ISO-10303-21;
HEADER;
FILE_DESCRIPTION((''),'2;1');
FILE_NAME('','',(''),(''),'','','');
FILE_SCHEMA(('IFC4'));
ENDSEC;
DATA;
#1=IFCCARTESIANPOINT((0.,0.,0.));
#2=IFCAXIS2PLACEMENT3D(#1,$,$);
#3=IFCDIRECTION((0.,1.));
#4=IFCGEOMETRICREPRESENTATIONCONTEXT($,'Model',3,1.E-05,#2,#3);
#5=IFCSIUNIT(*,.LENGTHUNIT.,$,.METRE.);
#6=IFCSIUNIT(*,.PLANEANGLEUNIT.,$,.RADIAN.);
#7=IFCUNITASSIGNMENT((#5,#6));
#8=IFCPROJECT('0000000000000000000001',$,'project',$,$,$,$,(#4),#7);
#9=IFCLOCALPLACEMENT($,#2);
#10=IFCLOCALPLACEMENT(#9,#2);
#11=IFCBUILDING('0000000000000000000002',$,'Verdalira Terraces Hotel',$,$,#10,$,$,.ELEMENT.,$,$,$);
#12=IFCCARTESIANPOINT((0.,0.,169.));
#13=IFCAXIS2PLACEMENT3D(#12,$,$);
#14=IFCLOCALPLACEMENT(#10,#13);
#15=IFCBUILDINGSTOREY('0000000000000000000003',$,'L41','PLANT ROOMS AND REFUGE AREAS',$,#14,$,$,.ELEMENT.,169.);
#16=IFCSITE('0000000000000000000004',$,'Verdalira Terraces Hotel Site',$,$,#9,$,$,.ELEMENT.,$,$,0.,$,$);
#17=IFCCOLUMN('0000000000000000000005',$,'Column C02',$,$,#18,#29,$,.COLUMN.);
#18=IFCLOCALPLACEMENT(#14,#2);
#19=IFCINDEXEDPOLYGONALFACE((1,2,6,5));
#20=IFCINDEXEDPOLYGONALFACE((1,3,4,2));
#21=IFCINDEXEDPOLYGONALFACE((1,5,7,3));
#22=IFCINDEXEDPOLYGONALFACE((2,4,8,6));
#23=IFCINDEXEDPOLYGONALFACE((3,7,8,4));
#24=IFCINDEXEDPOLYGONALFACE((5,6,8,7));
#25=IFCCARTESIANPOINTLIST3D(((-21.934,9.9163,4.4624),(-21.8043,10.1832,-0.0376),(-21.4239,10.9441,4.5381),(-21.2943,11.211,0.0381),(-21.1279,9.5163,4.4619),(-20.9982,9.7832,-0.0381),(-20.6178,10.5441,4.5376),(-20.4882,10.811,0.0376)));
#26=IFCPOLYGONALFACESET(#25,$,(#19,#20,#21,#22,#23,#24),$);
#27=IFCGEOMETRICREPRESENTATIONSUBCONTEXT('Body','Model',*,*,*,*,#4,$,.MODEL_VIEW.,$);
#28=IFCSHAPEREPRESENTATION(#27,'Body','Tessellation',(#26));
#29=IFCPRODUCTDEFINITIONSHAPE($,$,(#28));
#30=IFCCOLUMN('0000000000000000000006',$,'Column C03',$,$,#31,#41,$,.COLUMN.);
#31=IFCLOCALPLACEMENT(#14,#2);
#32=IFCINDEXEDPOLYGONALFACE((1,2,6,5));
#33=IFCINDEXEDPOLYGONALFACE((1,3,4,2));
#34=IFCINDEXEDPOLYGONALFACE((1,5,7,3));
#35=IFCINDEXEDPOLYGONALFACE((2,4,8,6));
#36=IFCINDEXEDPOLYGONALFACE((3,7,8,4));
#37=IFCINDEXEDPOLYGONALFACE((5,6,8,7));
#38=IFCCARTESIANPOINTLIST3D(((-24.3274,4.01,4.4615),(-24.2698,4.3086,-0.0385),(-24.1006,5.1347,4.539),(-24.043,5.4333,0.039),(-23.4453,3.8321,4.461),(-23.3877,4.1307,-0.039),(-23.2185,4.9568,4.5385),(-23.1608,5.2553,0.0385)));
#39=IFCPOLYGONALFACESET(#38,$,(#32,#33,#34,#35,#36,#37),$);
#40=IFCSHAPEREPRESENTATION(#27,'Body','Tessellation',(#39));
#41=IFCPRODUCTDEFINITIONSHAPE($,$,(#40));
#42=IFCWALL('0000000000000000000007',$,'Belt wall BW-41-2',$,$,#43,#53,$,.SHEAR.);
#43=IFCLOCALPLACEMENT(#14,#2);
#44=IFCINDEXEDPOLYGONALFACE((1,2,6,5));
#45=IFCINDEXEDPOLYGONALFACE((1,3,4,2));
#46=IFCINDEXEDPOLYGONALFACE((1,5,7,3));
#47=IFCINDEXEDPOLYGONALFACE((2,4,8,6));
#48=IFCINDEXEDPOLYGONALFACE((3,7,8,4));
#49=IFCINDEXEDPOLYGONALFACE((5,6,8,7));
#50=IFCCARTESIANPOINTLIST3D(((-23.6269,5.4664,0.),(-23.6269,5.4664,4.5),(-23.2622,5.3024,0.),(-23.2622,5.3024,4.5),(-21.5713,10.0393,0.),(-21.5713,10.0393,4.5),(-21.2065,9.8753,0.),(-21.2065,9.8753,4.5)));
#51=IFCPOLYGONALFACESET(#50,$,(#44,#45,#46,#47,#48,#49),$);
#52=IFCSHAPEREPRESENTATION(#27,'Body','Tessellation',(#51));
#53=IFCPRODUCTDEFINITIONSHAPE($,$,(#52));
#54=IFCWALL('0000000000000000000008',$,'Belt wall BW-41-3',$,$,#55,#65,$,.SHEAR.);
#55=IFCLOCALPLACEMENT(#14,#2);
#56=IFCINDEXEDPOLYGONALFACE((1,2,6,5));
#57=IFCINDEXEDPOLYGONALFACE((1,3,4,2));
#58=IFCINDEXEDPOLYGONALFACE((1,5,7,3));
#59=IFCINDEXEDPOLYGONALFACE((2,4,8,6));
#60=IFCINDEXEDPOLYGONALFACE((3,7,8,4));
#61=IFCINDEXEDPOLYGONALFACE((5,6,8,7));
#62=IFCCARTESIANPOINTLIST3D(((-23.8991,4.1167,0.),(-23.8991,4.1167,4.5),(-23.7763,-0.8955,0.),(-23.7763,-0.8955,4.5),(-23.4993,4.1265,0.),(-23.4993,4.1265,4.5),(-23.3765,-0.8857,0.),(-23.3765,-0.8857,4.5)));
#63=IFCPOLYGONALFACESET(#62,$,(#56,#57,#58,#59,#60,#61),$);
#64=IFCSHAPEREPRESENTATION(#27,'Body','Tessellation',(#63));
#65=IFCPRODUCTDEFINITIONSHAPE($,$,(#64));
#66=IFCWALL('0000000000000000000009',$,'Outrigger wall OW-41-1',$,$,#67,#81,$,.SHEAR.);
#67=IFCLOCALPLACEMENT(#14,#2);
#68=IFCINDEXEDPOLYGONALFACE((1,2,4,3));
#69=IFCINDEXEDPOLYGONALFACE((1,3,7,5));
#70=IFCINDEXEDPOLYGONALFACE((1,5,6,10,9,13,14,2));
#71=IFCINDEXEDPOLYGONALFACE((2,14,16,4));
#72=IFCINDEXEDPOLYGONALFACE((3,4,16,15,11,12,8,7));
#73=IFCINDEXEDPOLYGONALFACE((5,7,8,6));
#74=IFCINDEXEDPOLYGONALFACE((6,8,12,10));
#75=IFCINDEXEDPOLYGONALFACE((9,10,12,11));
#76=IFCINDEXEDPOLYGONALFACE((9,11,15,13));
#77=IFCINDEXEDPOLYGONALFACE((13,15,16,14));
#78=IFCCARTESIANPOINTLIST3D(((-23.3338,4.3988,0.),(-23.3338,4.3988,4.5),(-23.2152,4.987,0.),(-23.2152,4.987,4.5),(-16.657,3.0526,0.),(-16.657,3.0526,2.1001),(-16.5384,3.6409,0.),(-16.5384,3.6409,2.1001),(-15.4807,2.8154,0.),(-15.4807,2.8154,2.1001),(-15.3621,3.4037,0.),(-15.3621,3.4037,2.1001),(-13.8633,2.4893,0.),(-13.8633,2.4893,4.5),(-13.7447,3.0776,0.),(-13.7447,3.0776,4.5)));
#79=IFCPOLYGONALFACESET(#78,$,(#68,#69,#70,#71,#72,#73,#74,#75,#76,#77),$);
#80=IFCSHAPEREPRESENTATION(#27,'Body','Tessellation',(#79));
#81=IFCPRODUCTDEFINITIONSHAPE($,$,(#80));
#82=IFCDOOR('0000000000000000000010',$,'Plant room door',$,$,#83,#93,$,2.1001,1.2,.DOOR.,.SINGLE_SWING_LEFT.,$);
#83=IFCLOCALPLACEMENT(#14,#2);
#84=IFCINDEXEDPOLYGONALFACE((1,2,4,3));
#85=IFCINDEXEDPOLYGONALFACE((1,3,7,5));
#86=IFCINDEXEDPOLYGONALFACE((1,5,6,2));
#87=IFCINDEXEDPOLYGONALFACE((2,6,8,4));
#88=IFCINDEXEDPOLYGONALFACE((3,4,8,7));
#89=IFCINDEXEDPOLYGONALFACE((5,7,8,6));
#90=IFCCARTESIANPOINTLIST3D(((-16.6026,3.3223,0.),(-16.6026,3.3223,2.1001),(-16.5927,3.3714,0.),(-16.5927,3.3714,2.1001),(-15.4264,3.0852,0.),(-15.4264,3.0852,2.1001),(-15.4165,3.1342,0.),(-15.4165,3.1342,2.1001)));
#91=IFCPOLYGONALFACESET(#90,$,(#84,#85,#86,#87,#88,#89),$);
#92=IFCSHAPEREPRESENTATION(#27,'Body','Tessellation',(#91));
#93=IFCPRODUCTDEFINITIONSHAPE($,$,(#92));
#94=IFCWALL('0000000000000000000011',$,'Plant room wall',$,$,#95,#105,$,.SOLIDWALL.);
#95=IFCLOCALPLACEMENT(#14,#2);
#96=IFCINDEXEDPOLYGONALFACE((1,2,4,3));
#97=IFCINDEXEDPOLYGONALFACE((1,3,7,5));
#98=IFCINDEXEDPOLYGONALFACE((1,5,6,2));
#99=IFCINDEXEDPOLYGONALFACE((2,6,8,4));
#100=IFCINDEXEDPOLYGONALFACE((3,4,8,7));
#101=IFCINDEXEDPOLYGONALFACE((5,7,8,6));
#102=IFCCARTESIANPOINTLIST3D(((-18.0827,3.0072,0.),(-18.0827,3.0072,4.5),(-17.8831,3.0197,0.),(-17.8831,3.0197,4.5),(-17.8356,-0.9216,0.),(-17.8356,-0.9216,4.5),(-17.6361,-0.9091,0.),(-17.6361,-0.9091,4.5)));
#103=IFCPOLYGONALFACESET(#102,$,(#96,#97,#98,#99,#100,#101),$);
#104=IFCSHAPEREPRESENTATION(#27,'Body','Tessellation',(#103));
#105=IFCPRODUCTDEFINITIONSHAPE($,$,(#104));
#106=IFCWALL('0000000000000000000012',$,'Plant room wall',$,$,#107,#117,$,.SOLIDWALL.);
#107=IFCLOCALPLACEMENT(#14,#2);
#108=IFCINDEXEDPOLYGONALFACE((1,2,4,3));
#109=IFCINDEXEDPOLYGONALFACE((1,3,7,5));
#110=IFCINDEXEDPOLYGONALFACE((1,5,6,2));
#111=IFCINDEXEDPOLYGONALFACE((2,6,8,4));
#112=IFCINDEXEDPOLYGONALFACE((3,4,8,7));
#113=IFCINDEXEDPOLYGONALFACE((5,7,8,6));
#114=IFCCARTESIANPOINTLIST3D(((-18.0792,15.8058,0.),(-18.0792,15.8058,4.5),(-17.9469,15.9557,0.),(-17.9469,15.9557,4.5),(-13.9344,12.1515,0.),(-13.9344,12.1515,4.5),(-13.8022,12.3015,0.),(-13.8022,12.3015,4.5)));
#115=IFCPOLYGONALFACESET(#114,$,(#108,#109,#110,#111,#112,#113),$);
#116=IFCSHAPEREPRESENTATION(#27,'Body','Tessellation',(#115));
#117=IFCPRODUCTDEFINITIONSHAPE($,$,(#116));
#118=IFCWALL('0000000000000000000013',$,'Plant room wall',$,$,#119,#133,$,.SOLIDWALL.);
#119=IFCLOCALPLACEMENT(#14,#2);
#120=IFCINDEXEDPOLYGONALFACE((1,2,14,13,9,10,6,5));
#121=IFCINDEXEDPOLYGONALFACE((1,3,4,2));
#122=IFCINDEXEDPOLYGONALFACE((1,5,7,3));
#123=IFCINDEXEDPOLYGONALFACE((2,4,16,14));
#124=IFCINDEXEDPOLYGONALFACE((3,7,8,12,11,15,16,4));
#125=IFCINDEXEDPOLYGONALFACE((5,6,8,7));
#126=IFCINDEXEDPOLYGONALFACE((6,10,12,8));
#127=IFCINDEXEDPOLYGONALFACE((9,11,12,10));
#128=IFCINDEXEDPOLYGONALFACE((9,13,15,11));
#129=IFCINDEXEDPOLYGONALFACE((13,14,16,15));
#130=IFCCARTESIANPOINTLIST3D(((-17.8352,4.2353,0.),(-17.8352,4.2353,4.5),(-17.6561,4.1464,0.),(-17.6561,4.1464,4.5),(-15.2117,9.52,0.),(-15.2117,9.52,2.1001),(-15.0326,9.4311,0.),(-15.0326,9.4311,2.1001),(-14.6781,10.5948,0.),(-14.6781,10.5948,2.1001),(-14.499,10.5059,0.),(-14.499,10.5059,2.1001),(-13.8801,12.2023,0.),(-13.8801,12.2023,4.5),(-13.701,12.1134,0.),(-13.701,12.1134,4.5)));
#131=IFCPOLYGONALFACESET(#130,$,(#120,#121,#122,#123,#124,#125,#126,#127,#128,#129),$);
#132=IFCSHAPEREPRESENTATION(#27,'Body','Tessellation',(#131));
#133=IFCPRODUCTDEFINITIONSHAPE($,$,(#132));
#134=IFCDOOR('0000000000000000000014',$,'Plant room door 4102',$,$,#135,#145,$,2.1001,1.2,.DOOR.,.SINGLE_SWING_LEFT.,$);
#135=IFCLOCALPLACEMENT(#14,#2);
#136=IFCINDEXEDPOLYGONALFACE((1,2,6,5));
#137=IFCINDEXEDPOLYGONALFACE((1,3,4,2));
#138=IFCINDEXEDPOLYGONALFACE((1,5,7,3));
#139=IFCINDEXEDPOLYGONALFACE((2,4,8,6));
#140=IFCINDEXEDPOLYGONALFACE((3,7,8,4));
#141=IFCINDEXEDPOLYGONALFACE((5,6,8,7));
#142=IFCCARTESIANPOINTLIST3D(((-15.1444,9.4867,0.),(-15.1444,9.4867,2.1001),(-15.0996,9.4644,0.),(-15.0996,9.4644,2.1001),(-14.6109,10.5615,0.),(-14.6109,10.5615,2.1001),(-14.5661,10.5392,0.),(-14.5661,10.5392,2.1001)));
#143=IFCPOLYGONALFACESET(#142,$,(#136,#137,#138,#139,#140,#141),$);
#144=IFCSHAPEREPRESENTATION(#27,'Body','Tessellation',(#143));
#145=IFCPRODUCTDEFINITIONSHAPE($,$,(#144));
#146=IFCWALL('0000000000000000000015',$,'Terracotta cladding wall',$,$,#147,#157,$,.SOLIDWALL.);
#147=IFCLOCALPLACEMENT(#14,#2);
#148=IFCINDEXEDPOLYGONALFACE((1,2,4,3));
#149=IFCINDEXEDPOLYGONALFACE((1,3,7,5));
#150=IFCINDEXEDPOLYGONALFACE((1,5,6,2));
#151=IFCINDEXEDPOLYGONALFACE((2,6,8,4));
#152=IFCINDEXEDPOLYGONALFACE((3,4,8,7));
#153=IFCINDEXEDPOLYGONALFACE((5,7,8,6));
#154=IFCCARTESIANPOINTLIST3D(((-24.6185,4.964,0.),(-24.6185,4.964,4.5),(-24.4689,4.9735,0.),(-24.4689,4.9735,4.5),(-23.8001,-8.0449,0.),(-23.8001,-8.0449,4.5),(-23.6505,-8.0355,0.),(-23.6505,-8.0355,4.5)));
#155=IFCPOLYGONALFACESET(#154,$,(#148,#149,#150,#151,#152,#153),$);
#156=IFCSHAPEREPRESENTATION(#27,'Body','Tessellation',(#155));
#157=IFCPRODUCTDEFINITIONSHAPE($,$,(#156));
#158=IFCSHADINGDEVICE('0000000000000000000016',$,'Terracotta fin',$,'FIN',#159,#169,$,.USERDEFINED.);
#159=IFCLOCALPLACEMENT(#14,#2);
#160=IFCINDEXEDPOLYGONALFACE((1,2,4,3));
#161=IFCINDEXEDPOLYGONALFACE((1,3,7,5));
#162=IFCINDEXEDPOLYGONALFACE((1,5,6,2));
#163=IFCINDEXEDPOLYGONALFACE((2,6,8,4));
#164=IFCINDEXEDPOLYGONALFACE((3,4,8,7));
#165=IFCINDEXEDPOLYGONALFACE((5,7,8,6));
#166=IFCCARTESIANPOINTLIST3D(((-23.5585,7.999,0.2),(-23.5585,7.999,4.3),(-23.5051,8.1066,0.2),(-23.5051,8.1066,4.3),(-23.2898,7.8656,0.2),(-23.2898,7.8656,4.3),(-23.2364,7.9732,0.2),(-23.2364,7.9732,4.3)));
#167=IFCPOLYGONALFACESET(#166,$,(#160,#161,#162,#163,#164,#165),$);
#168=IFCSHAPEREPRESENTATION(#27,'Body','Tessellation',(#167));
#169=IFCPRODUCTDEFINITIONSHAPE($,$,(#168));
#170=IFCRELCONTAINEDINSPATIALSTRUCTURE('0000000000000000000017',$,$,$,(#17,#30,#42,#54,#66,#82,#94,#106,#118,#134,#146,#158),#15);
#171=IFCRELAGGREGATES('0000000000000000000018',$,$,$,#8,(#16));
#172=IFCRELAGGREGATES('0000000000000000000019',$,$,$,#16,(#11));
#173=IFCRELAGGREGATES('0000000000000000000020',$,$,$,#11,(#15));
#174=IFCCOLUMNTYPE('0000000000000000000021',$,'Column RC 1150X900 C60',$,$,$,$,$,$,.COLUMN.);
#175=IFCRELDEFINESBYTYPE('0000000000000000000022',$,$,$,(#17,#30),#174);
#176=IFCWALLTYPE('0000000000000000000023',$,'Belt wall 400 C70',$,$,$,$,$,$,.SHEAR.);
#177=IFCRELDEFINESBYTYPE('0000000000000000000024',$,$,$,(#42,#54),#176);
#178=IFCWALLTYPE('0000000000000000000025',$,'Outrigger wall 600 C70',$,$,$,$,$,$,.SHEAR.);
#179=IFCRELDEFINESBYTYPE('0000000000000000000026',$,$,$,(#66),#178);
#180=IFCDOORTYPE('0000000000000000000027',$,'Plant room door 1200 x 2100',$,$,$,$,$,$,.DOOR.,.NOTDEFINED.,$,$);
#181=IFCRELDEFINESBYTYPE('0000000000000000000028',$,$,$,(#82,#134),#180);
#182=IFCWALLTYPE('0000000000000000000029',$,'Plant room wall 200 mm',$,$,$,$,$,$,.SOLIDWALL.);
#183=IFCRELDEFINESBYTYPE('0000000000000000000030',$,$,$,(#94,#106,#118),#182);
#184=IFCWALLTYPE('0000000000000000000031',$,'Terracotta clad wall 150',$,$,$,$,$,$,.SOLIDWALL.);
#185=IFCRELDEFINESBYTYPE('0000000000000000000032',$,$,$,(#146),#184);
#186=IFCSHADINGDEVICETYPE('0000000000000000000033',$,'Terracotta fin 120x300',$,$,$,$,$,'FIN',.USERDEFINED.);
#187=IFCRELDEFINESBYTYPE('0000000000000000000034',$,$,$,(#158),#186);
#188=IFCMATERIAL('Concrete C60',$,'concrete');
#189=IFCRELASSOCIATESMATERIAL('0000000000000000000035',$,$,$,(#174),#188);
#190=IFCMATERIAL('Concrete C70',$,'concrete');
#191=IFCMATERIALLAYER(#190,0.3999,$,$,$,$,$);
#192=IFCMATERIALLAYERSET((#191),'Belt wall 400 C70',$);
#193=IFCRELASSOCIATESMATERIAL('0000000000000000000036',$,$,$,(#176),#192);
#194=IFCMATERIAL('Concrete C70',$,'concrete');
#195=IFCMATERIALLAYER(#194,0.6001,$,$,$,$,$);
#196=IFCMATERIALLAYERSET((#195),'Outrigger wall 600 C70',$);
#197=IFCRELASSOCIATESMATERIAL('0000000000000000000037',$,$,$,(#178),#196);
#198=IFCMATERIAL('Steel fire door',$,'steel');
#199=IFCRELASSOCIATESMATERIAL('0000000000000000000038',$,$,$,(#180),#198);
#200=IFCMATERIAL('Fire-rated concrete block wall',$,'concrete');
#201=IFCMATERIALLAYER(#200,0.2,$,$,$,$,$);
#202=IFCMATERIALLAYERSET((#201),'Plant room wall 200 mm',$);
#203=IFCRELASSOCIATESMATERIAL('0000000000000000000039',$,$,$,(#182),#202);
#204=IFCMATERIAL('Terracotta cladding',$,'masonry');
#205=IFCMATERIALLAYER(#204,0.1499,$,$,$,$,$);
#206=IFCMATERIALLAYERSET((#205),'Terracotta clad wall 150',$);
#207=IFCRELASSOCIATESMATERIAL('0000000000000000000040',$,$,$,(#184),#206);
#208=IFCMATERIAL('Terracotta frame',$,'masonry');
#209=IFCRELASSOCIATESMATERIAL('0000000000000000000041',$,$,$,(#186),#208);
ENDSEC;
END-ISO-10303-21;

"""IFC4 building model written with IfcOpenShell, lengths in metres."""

from ifc_helpers import new_model, si_unit, direction, frame, frame_2d, origin, origin_2d, place, context, subcontext, project, spatial, rectangle, extrude, material, layer, layer_set, material_profile, profile_set, type_object, element, fill, save


model = new_model("IFC4")

# Units and contexts
model_context = context("Model", 3, precision=1e-05, world=origin(), true_north=direction((0.0, 1.0)))
body_context = subcontext(model_context, "Body", "Model", "MODEL_VIEW")
ifc_project = project(units=[si_unit("LENGTHUNIT", "METRE"), si_unit("PLANEANGLEUNIT", "RADIAN")], contexts=[model_context])

# Site, building, storey
site_placement = place(None, origin())
site = spatial("IfcSite", under=ifc_project, at=site_placement, Name="Verdalira Terraces Hotel Site", CompositionType="ELEMENT", RefElevation=0.0)
building_placement = place(site_placement, origin())
building = spatial("IfcBuilding", under=site, at=building_placement, Name="Verdalira Terraces Hotel", CompositionType="ELEMENT")
storey_placement = place(building_placement, frame((0.0, 0.0, 169.0)))
storey = spatial("IfcBuildingStorey", under=building, at=storey_placement, Name="L41", Description="PLANT ROOMS AND REFUGE AREAS", CompositionType="ELEMENT", Elevation=169.0)

# Columns
ifc_material_1 = material(Name="Concrete C60", Category="concrete")
ifc_material_profile_1 = material_profile(ifc_material_1, rectangle(XDim=1.1499, YDim=0.8999, at=origin_2d()), Name="RC 1150X900")
ifc_profile_set_1 = profile_set([ifc_material_profile_1], Name="Concrete C60")
column_type = type_object("IfcColumnType", Name="Column RC 1150X900 C60", PredefinedType="COLUMN", material=ifc_profile_set_1)
column_1_placement = place(storey_placement, frame((-21.1462, 10.4971, 0.0), z_axis=(-0.028746, -0.059171, 0.997834), x_axis=(-0.443569, -0.893823, -0.065781)))
element("IfcColumn", 1, at=column_1_placement, inside=storey, type_object=column_type, Name="Column C02", PredefinedType="COLUMN", context=body_context, shape_type="SweptSolid", body=[
    extrude(rectangle(XDim=1.1499, YDim=0.8999, at=origin_2d()), origin(), (0.0, 0.0, 1.0), 4.5098),
])
column_2_placement = place(storey_placement, frame((-23.7153, 4.782, 0.0), z_axis=(-0.012775, -0.066201, 0.997725), x_axis=(0.197279, 0.978026, 0.06742)))
element("IfcColumn", 2, at=column_2_placement, inside=storey, type_object=column_type, Name="Column C03", PredefinedType="COLUMN", context=body_context, shape_type="SweptSolid", body=[
    extrude(rectangle(XDim=1.1499, YDim=0.8999, at=origin_2d()), origin(), (0.0, 0.0, 1.0), 4.5103),
])

# Walls
ifc_material_2 = material(Name="Concrete C70", Category="concrete")
ifc_layer_1 = layer(ifc_material_2, 0.3999)
ifc_layer_set_1 = layer_set([ifc_layer_1], Name="Belt wall 400 C70")
wall_type_1 = type_object("IfcWallType", Name="Belt wall 400 C70", PredefinedType="SHEAR", material=ifc_layer_set_1)
for number, where, z_axis, x_axis, name in (
    (3, (-21.3889, 9.9573, 0.0), (0.0, 0.0, 1.0), (-0.410002, -0.912085, 0.0), "Belt wall BW-41-2"),
    (4, (-23.6992, 4.1216, 0.0), (0.0, 0.0, 1.0), (0.024493, -0.9997, 0.0), "Belt wall BW-41-3"),
):
    element("IfcWall", number, at=place(storey_placement, frame(where, z_axis=z_axis, x_axis=x_axis)), inside=storey, type_object=wall_type_1, Name=name, PredefinedType="SHEAR", context=body_context, shape_type="SweptSolid", body=[
        extrude(rectangle(XDim=5.0137, YDim=0.3999, at=frame_2d((2.5068, 0.0))), origin(), (0.0, 0.0, 1.0), 4.5),
    ])

# Wall, opening, door
ifc_material_3 = material(Name="Concrete C70", Category="concrete")
ifc_layer_2 = layer(ifc_material_3, 0.6001)
ifc_layer_set_2 = layer_set([ifc_layer_2], Name="Outrigger wall 600 C70")
wall_type_2 = type_object("IfcWallType", Name="Outrigger wall 600 C70", PredefinedType="SHEAR", material=ifc_layer_set_2)
wall_1_placement = place(storey_placement, frame((-13.804, 2.7834, 0.0), z_axis=(0.0, 0.0, 1.0), x_axis=(-0.980274, 0.197642, 0.0)))
wall_1 = element("IfcWall", 5, at=wall_1_placement, inside=storey, type_object=wall_type_2, Name="Outrigger wall OW-41-1", PredefinedType="SHEAR", context=body_context, shape_type="SweptSolid", body=[
    extrude(rectangle(XDim=9.6611, YDim=0.6001, at=frame_2d((4.8306, 0.0))), origin(), (0.0, 0.0, 1.0), 4.5),
])
opening_1_placement = place(wall_1_placement, frame((1.6499, 0.0, 0.0)))
opening_1 = element("IfcOpeningElement", 6, at=opening_1_placement, cuts=wall_1, PredefinedType="OPENING", context=body_context, shape_type="SweptSolid", body=[
    extrude(rectangle(XDim=1.2, YDim=2.1001, at=frame_2d((0.6001, 1.05))), frame((0.0, 0.3101, 0.0), z_axis=(0.0, -1.0, 0.0), x_axis=(1.0, 0.0, 0.0)), (0.0, 0.0, 1.0), 0.6201),
])
ifc_material_4 = material(Name="Steel fire door", Category="steel")
door_type = type_object("IfcDoorType", Name="Plant room door 1200 x 2100", OperationType="NOTDEFINED", PredefinedType="DOOR", material=ifc_material_4)
door_1_placement = place(opening_1_placement, origin())
door_1 = element("IfcDoor", 7, at=door_1_placement, inside=storey, type_object=door_type, Name="Plant room door", OperationType="SINGLE_SWING_LEFT", OverallHeight=2.1001, OverallWidth=1.2, PredefinedType="DOOR", context=body_context, shape_type="SweptSolid", body=[
    extrude(rectangle(XDim=1.2, YDim=2.1001, at=frame_2d((0.6001, 1.05))), frame((0.0, 0.0249, 0.0), z_axis=(0.0, -1.0, 0.0), x_axis=(1.0, 0.0, 0.0)), (0.0, 0.0, 1.0), 0.05),
])
fill(opening_1, door_1)

# Walls
ifc_material_5 = material(Name="Fire-rated concrete block wall", Category="concrete")
ifc_layer_3 = layer(ifc_material_5, 0.2)
ifc_layer_set_3 = layer_set([ifc_layer_3], Name="Plant room wall 200 mm")
wall_type_3 = type_object("IfcWallType", Name="Plant room wall 200 mm", PredefinedType="SOLIDWALL", material=ifc_layer_set_3)
wall_2_placement = place(storey_placement, frame((-17.9829, 3.0134, 0.0), z_axis=(0.0, 0.0, 1.0), x_axis=(0.062764, -0.998028, 0.0)))
element("IfcWall", 8, at=wall_2_placement, inside=storey, type_object=wall_type_3, Name="Plant room wall", PredefinedType="SOLIDWALL", context=body_context, shape_type="SweptSolid", body=[
    extrude(rectangle(XDim=3.9365, YDim=0.2, at=frame_2d((1.9683, 0.0))), origin(), (0.0, 0.0, 1.0), 4.5),
])
wall_3_placement = place(storey_placement, frame((-13.8684, 12.2266, 0.0), z_axis=(0.0, 0.0, 1.0), x_axis=(-0.750094, 0.661331, 0.0)))
element("IfcWall", 9, at=wall_3_placement, inside=storey, type_object=wall_type_3, Name="Plant room wall", PredefinedType="SOLIDWALL", context=body_context, shape_type="SweptSolid", body=[
    extrude(rectangle(XDim=5.5256, YDim=0.2, at=frame_2d((2.7627, 0.0))), origin(), (0.0, 0.0, 1.0), 4.5),
])

# Wall, opening, door
wall_4_placement = place(storey_placement, frame((-17.7456, 4.1909, 0.0), z_axis=(0.0, 0.0, 1.0), x_axis=(0.444654, 0.895703, 0.0)))
wall_4 = element("IfcWall", 10, at=wall_4_placement, inside=storey, type_object=wall_type_3, Name="Plant room wall", PredefinedType="SOLIDWALL", context=body_context, shape_type="SweptSolid", body=[
    extrude(rectangle(XDim=8.8948, YDim=0.2, at=frame_2d((4.4473, 0.0))), origin(), (0.0, 0.0, 1.0), 4.5),
])
opening_2_placement = place(wall_4_placement, frame((5.8999, 0.0, 0.0)))
opening_2 = element("IfcOpeningElement", 11, at=opening_2_placement, cuts=wall_4, PredefinedType="OPENING", context=body_context, shape_type="SweptSolid", body=[
    extrude(rectangle(XDim=1.2, YDim=2.1001, at=frame_2d((0.6001, 1.05))), frame((0.0, 0.1099, 0.0), z_axis=(0.0, -1.0, 0.0), x_axis=(1.0, 0.0, 0.0)), (0.0, 0.0, 1.0), 0.22),
])
door_2_placement = place(opening_2_placement, origin())
door_2 = element("IfcDoor", 12, at=door_2_placement, inside=storey, type_object=door_type, Name="Plant room door 4102", OperationType="SINGLE_SWING_LEFT", OverallHeight=2.1001, OverallWidth=1.2, PredefinedType="DOOR", context=body_context, shape_type="SweptSolid", body=[
    extrude(rectangle(XDim=1.2, YDim=2.1001, at=frame_2d((0.6001, 1.05))), frame((0.0, 0.0249, 0.0), z_axis=(0.0, -1.0, 0.0), x_axis=(1.0, 0.0, 0.0)), (0.0, 0.0, 1.0), 0.05),
])
fill(opening_2, door_2)

# Wall
ifc_material_6 = material(Name="Terracotta cladding", Category="masonry")
ifc_layer_4 = layer(ifc_material_6, 0.1499)
ifc_layer_set_4 = layer_set([ifc_layer_4], Name="Terracotta clad wall 150")
wall_type_4 = type_object("IfcWallType", Name="Terracotta clad wall 150", PredefinedType="SOLIDWALL", material=ifc_layer_set_4)
wall_5_placement = place(storey_placement, frame((-24.5437, 4.9688, 0.0), z_axis=(0.0, 0.0, 1.0), x_axis=(0.062783, -0.998027, 0.0)))
element("IfcWall", 13, at=wall_5_placement, inside=storey, type_object=wall_type_4, Name="Terracotta cladding wall", PredefinedType="SOLIDWALL", context=body_context, shape_type="SweptSolid", body=[
    extrude(rectangle(XDim=13.0347, YDim=0.1499, at=frame_2d((6.5173, 0.0))), origin(), (0.0, 0.0, 1.0), 4.5),
])

# Shading device
ifc_material_7 = material(Name="Terracotta frame", Category="masonry")
ifc_material_profile_2 = material_profile(ifc_material_7, rectangle(XDim=0.1201, YDim=0.3, at=origin_2d()), Name="FIN 120x300")
ifc_profile_set_2 = profile_set([ifc_material_profile_2], Name="Terracotta frame")
shading_device_type = type_object("IfcShadingDeviceType", Name="Terracotta fin 120x300", ElementType="FIN", PredefinedType="USERDEFINED", material=ifc_profile_set_2)
for number, where, z_axis, x_axis, name in (
    (14, (-23.3975, 7.9861, 0.2), (0.0, 0.0, 1.0), (-0.444635, -0.895712, 0.0), "Terracotta fin"),
):
    element("IfcShadingDevice", number, at=place(storey_placement, frame(where, z_axis=z_axis, x_axis=x_axis)), inside=storey, type_object=shading_device_type, Name=name, ObjectType="FIN", PredefinedType="USERDEFINED", context=body_context, shape_type="SweptSolid", body=[
        extrude(rectangle(XDim=0.1201, YDim=0.3, at=origin_2d()), origin(), (0.0, 0.0, 1.0), 4.1001),
    ])

save(model, "model.ifc")
